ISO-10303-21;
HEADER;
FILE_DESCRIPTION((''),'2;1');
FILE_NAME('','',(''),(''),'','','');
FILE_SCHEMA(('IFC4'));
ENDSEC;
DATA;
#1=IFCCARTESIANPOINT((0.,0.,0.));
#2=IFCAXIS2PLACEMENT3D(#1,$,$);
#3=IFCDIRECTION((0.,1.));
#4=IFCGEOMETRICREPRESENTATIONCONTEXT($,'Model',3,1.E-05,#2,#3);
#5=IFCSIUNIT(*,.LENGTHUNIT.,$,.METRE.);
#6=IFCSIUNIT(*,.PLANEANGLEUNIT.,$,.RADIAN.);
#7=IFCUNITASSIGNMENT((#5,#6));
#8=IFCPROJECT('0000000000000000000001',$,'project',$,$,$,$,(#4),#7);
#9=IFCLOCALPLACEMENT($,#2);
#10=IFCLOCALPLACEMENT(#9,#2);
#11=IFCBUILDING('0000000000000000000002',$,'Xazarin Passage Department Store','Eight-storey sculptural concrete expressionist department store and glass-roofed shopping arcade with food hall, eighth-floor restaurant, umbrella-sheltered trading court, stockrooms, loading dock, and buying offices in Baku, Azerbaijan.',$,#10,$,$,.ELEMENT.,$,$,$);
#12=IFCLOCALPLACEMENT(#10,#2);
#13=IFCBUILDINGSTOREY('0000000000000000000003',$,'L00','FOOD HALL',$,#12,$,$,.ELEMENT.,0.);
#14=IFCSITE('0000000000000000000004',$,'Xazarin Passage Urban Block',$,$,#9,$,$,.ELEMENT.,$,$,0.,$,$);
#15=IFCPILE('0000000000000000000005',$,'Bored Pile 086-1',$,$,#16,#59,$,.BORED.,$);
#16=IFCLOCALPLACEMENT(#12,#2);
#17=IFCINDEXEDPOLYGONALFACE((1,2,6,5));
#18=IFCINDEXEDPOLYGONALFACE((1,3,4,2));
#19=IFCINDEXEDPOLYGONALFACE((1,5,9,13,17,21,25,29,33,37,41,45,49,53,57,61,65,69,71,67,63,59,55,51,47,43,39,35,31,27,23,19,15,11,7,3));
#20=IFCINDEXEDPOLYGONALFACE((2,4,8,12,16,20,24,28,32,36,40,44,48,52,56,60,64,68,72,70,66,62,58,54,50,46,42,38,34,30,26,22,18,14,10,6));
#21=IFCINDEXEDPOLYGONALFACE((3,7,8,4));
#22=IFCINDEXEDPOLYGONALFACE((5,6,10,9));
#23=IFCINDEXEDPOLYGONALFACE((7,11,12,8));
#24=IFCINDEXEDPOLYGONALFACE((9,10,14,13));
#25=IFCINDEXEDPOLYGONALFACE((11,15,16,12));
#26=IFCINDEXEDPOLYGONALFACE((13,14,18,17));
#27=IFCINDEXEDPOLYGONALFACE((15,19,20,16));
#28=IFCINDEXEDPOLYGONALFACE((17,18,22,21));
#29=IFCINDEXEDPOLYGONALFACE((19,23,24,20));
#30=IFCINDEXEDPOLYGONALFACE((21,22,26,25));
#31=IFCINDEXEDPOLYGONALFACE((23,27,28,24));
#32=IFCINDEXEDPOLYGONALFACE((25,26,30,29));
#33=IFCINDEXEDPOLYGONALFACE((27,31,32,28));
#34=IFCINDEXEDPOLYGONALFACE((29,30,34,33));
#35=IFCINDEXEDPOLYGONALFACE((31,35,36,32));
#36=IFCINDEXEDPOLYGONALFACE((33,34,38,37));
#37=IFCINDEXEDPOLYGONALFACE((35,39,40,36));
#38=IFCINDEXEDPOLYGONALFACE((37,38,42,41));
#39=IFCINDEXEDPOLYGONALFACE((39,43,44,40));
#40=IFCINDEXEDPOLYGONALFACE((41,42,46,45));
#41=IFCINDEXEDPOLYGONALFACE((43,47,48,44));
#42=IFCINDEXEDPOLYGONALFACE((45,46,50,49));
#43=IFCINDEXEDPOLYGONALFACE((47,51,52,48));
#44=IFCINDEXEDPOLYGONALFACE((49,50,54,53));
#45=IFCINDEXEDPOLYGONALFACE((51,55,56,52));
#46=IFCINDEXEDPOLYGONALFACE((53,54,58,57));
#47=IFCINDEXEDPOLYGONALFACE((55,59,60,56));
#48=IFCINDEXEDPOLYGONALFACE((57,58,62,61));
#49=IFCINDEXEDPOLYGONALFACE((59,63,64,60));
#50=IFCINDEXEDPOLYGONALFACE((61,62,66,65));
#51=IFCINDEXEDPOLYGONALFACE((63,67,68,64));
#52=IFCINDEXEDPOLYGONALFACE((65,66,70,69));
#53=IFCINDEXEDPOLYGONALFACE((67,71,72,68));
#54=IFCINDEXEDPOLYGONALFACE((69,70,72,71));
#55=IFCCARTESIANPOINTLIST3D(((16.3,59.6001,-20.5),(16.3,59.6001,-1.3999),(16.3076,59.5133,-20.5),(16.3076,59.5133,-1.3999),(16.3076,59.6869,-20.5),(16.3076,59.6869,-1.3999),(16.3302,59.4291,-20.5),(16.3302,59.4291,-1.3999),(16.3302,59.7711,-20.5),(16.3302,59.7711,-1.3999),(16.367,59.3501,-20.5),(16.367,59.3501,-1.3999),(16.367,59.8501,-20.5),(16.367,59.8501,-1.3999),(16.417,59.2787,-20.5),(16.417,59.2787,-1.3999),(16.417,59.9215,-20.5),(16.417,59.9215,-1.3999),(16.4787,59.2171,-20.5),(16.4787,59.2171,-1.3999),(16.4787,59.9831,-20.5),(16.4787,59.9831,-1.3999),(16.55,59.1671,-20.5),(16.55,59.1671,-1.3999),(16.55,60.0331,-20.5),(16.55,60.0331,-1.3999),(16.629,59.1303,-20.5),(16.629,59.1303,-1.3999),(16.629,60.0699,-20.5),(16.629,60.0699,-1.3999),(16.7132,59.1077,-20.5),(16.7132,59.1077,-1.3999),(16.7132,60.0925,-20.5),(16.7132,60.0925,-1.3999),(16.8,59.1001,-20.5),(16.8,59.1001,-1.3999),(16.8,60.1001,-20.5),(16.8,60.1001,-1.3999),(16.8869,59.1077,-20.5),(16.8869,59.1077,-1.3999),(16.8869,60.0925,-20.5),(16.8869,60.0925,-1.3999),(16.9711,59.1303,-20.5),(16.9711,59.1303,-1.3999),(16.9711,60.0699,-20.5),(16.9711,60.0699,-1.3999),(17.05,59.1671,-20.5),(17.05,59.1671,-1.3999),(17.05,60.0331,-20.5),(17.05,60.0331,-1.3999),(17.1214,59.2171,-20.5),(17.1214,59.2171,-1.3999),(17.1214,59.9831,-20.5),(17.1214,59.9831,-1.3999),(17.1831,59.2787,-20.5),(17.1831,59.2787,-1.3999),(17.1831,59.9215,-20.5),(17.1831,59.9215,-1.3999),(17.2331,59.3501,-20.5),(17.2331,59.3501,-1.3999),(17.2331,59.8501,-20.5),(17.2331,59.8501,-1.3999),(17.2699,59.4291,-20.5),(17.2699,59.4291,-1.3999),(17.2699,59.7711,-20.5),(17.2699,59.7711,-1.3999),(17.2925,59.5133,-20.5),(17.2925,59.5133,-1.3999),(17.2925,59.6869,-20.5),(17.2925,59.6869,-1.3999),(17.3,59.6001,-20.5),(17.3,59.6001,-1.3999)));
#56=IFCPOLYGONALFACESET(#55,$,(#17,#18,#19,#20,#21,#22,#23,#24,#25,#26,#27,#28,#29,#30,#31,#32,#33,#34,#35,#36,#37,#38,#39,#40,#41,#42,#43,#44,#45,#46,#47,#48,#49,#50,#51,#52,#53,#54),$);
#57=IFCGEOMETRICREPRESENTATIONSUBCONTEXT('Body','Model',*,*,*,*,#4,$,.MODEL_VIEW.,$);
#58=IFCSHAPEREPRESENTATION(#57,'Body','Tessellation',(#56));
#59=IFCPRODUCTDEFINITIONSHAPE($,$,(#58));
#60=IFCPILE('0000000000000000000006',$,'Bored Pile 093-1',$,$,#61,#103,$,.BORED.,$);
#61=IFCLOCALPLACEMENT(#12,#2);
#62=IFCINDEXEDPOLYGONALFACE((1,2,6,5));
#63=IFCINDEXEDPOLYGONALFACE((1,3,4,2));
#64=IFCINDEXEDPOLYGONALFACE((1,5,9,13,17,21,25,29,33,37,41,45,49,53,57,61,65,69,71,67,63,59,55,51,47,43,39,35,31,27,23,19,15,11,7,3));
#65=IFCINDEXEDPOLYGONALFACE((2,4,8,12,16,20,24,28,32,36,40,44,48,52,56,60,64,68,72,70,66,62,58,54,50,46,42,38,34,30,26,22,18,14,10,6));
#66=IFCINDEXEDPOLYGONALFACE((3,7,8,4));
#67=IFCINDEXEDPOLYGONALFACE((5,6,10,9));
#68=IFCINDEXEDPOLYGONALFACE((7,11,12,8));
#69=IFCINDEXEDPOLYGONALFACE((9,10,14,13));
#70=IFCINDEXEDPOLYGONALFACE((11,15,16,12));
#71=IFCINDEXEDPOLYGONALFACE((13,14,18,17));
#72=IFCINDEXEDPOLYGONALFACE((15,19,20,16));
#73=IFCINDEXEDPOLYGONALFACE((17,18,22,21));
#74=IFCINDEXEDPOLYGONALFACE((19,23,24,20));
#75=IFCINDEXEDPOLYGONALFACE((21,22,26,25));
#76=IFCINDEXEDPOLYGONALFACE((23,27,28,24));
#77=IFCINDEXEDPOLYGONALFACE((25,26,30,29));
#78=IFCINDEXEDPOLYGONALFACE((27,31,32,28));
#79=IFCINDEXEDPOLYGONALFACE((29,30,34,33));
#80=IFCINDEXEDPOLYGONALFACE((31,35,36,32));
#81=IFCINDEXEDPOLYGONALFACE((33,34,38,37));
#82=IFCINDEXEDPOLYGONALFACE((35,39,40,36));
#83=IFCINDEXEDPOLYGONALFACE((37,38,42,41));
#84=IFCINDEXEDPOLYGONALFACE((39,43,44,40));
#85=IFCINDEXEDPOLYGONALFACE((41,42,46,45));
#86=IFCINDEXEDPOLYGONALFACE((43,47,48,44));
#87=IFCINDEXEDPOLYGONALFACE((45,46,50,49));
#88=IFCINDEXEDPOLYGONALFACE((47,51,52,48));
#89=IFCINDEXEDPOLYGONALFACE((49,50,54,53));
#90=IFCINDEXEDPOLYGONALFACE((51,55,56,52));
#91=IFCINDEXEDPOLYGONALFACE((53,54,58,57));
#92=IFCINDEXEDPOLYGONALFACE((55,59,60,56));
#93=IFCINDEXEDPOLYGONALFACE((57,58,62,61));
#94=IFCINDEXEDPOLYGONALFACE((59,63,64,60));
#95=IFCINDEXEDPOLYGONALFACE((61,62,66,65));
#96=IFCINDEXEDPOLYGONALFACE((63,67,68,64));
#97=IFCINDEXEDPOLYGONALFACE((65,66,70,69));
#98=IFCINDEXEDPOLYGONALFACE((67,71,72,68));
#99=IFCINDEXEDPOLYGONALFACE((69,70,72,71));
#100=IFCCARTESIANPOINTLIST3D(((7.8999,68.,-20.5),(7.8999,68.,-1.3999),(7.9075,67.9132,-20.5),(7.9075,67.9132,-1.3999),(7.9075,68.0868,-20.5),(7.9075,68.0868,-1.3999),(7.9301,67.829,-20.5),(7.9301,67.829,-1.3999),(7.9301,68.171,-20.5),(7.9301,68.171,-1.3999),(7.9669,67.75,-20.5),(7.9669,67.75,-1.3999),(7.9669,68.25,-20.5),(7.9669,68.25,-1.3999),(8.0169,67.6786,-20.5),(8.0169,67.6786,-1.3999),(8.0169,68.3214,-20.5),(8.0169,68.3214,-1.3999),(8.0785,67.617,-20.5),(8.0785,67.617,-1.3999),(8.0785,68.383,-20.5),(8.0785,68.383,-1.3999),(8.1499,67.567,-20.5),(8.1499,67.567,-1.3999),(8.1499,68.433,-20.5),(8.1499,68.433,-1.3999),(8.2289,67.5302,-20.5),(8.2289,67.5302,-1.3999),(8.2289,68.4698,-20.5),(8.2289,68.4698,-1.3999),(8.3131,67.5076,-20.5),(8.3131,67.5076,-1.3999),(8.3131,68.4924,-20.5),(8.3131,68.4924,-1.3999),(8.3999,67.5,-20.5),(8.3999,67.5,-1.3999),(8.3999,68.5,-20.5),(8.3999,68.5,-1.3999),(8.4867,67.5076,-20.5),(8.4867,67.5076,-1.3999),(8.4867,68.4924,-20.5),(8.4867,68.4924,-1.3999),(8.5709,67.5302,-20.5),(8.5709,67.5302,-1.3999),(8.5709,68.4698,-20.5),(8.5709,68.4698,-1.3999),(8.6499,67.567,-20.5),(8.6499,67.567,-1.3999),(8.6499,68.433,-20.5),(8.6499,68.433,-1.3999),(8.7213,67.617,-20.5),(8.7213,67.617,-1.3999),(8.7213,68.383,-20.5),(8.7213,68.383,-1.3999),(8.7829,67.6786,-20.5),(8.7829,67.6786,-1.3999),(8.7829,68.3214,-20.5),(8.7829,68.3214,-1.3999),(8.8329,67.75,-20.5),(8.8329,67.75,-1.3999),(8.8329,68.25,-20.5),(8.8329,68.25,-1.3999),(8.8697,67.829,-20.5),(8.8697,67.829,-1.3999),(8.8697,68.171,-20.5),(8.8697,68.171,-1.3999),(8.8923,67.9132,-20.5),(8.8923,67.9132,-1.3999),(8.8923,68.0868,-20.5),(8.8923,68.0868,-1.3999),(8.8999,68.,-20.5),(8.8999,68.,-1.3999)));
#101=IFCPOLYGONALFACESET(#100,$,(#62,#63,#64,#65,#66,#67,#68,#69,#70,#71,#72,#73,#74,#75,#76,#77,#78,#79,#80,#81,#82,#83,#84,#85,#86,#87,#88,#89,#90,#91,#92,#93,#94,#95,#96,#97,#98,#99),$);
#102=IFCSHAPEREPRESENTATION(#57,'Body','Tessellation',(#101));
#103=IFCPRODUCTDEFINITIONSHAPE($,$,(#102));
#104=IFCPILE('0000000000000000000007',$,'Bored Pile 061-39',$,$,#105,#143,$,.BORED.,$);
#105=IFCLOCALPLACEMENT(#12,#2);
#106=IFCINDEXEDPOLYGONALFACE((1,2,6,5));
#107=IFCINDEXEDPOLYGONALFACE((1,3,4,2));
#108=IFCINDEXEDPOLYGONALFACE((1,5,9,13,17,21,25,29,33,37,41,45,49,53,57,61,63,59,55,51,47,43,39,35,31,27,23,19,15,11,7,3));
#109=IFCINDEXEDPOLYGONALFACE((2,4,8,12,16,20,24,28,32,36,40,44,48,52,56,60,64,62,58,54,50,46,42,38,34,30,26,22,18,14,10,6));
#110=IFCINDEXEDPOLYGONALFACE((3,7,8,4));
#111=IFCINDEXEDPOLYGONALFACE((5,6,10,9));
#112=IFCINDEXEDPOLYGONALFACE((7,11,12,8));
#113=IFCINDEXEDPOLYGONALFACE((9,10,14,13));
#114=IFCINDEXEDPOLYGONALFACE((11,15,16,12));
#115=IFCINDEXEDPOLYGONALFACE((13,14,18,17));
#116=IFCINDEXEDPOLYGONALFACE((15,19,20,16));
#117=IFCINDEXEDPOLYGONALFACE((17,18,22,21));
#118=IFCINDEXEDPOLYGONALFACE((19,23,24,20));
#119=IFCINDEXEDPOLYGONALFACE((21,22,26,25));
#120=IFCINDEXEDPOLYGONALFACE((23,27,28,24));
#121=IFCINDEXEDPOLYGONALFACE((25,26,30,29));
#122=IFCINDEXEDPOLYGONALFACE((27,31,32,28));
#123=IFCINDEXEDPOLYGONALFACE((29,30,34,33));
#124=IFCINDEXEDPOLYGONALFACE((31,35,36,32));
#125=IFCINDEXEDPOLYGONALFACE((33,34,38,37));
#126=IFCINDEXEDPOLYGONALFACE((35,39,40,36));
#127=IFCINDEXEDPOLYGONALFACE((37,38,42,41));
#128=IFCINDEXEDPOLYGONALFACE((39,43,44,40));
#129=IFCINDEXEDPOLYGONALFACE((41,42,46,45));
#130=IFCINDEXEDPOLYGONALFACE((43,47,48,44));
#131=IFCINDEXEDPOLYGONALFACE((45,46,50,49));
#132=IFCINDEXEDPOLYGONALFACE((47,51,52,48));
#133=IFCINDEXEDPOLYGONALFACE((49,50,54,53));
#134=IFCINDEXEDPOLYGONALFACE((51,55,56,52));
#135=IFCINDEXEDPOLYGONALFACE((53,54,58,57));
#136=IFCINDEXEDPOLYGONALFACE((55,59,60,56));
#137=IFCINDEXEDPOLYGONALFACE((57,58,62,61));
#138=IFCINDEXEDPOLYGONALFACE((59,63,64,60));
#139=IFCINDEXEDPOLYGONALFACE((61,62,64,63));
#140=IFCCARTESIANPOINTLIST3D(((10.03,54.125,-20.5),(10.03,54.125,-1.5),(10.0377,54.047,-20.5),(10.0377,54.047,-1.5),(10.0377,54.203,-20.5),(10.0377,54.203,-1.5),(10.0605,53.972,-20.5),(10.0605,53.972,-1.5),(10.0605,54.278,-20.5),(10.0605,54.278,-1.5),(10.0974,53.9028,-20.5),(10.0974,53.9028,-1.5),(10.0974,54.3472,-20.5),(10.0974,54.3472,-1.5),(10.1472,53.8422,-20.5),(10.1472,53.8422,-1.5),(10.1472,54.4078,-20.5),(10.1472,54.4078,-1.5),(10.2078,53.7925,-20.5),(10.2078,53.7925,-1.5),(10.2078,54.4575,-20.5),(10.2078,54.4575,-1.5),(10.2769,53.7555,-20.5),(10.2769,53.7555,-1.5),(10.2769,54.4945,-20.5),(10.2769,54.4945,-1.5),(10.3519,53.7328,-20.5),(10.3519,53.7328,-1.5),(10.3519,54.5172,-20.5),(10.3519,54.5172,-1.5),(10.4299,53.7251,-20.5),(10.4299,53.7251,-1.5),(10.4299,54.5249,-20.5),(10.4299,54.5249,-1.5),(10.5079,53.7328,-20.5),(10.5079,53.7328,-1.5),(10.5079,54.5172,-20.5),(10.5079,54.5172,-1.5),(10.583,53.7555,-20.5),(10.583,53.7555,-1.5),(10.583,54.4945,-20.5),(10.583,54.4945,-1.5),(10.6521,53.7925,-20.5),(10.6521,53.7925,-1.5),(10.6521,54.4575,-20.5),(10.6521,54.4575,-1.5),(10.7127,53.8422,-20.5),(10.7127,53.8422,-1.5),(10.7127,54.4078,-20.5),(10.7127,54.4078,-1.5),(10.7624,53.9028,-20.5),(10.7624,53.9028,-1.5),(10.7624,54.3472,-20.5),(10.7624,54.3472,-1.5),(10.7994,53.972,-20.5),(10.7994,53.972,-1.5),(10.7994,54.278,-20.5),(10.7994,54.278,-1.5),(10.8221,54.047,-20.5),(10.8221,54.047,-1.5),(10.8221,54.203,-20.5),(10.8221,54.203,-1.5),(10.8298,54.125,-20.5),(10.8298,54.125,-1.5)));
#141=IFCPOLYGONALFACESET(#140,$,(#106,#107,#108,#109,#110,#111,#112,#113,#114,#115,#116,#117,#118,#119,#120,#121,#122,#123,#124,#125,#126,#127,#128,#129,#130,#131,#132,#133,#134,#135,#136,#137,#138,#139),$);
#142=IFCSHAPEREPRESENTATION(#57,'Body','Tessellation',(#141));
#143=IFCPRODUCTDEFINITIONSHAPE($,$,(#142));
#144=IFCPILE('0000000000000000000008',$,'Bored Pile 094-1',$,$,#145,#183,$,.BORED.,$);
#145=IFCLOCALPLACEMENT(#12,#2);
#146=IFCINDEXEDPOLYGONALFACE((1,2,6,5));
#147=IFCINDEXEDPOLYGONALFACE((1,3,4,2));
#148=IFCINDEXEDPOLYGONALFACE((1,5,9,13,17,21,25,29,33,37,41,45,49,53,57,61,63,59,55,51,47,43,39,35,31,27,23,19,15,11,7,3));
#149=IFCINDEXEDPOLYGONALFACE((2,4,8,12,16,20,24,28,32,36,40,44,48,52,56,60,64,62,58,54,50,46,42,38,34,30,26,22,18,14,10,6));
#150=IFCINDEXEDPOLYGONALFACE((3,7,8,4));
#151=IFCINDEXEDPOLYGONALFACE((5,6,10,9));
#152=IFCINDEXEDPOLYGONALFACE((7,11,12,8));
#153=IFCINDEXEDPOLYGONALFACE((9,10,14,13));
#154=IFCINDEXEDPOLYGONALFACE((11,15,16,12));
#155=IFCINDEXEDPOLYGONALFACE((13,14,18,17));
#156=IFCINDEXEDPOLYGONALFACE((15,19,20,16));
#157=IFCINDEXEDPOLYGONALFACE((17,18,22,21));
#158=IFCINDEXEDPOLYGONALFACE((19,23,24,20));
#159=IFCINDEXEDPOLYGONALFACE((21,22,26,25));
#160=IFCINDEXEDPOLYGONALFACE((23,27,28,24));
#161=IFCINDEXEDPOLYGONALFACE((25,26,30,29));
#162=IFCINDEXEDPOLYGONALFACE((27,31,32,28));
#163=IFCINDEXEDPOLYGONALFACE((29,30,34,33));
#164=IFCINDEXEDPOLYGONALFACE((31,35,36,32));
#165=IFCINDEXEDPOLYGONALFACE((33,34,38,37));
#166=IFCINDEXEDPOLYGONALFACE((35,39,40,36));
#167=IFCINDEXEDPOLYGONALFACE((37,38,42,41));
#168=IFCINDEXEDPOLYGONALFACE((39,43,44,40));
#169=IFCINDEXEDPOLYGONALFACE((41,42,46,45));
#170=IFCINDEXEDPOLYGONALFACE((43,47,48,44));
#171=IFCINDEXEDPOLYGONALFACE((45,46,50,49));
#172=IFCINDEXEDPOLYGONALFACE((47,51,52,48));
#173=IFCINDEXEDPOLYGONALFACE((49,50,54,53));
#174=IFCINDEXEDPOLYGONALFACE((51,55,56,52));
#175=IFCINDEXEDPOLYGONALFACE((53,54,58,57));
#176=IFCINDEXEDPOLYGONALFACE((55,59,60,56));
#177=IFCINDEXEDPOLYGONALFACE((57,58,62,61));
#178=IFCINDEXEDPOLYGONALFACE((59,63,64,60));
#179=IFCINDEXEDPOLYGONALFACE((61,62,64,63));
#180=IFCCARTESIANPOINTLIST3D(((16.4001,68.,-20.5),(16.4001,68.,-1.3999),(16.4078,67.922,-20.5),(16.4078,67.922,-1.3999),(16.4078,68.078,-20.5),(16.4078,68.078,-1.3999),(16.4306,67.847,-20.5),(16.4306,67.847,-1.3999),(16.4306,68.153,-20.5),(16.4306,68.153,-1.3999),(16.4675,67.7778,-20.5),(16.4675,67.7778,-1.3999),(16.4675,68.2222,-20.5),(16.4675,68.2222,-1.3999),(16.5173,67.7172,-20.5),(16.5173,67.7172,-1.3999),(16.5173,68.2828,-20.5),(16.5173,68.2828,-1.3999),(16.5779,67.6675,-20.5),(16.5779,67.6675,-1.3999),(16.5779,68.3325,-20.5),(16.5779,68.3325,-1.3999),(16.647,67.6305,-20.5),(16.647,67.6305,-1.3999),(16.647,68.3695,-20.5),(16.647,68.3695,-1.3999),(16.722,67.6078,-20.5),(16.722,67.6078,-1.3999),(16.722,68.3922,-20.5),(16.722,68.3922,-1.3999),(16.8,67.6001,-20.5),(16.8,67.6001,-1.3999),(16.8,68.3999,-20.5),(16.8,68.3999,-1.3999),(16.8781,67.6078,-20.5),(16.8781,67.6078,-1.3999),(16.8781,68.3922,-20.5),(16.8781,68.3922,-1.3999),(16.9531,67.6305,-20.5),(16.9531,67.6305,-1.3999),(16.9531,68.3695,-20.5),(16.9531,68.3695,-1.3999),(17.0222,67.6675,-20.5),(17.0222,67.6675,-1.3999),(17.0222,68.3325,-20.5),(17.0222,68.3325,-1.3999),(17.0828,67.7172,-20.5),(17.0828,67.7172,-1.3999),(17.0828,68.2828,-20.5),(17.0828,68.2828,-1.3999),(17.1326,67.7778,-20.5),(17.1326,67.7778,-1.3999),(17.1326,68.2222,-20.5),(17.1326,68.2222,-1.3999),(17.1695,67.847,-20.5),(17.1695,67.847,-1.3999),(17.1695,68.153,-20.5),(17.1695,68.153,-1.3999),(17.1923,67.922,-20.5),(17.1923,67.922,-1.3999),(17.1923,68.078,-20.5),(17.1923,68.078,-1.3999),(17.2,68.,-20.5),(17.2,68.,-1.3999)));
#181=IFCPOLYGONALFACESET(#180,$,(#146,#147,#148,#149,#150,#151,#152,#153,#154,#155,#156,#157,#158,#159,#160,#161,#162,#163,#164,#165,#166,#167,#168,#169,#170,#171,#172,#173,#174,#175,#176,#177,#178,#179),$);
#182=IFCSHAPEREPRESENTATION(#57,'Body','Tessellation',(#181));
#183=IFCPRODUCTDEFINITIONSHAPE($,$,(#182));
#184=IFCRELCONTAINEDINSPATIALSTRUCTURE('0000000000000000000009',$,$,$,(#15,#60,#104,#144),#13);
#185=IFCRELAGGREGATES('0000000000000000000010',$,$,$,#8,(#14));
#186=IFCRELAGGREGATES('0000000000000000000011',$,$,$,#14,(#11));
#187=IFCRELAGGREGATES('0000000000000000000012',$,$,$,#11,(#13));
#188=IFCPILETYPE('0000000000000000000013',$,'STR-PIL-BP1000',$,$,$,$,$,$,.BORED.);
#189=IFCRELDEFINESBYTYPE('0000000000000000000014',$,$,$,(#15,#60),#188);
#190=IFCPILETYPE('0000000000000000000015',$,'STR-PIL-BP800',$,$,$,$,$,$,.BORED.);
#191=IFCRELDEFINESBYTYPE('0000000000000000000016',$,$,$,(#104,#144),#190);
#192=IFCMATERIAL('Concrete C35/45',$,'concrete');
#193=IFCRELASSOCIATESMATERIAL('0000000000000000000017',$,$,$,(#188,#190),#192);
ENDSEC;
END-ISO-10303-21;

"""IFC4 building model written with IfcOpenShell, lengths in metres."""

from ifc_helpers import new_model, si_unit, direction, frame, origin, origin_2d, place, context, subcontext, project, spatial, circle, extrude, material, material_profile, profile_set, type_object, element, save


model = new_model("IFC4")

# Units and contexts
model_context = context("Model", 3, precision=1e-05, world=origin(), true_north=direction((0.0, 1.0)))
body_context = subcontext(model_context, "Body", "Model", "MODEL_VIEW")
ifc_project = project(units=[si_unit("LENGTHUNIT", "METRE"), si_unit("PLANEANGLEUNIT", "RADIAN")], contexts=[model_context])

# Site, building, storey
site_placement = place(None, origin())
site = spatial("IfcSite", under=ifc_project, at=site_placement, Name="Xazarin Passage Urban Block", CompositionType="ELEMENT", RefElevation=0.0)
building_placement = place(site_placement, origin())
building = spatial("IfcBuilding", under=site, at=building_placement, Name="Xazarin Passage Department Store", Description="Eight-storey sculptural concrete expressionist department store and glass-roofed shopping arcade with food hall, eighth-floor restaurant, umbrella-sheltered trading court, stockrooms, loading dock, and buying offices in Baku, Azerbaijan.", CompositionType="ELEMENT")
storey_placement = place(building_placement, origin())
storey = spatial("IfcBuildingStorey", under=building, at=storey_placement, Name="L00", Description="FOOD HALL", CompositionType="ELEMENT", Elevation=0.0)

# Shared definitions
ifc_material_1 = material(Name="Concrete C35/45", Category="concrete")

# Piles
ifc_material_profile_1 = material_profile(ifc_material_1, circle(Radius=0.5, at=origin_2d()), Name="BP 1000")
ifc_profile_set_1 = profile_set([ifc_material_profile_1], Name="Concrete C35/45")
pile_type_1 = type_object("IfcPileType", Name="STR-PIL-BP1000", PredefinedType="BORED", material=ifc_profile_set_1)
for number, where, z_axis, x_axis, name in (
    (1, (16.8, 59.6001, -1.3999), (0.0, 0.0, -1.0), (1.0, 0.0, 0.0), "Bored Pile 086-1"),
    (2, (8.3999, 68.0, -1.3999), (0.0, 0.0, -1.0), (1.0, 0.0, 0.0), "Bored Pile 093-1"),
):
    element("IfcPile", number, at=place(storey_placement, frame(where, z_axis=z_axis, x_axis=x_axis)), inside=storey, type_object=pile_type_1, Name=name, PredefinedType="BORED", context=body_context, shape_type="SweptSolid", body=[
        extrude(circle(Radius=0.5, at=origin_2d()), origin(), (0.0, 0.0, 1.0), 19.1001),
    ])
ifc_material_profile_2 = material_profile(ifc_material_1, circle(Radius=0.3999, at=origin_2d()), Name="BP 800")
ifc_profile_set_2 = profile_set([ifc_material_profile_2], Name="Concrete C35/45")
pile_type_2 = type_object("IfcPileType", Name="STR-PIL-BP800", PredefinedType="BORED", material=ifc_profile_set_2)
pile_1_placement = place(storey_placement, frame((10.4299, 54.125, -1.5), z_axis=(0.0, 0.0, -1.0), x_axis=(1.0, 0.0, 0.0)))
element("IfcPile", 3, at=pile_1_placement, inside=storey, type_object=pile_type_2, Name="Bored Pile 061-39", PredefinedType="BORED", context=body_context, shape_type="SweptSolid", body=[
    extrude(circle(Radius=0.3999, at=origin_2d()), origin(), (0.0, 0.0, 1.0), 19.0),
])
pile_2_placement = place(storey_placement, frame((16.8, 68.0, -1.3999), z_axis=(0.0, 0.0, -1.0), x_axis=(1.0, 0.0, 0.0)))
element("IfcPile", 4, at=pile_2_placement, inside=storey, type_object=pile_type_2, Name="Bored Pile 094-1", PredefinedType="BORED", context=body_context, shape_type="SweptSolid", body=[
    extrude(circle(Radius=0.3999, at=origin_2d()), origin(), (0.0, 0.0, 1.0), 19.1001),
])

save(model, "model.ifc")
